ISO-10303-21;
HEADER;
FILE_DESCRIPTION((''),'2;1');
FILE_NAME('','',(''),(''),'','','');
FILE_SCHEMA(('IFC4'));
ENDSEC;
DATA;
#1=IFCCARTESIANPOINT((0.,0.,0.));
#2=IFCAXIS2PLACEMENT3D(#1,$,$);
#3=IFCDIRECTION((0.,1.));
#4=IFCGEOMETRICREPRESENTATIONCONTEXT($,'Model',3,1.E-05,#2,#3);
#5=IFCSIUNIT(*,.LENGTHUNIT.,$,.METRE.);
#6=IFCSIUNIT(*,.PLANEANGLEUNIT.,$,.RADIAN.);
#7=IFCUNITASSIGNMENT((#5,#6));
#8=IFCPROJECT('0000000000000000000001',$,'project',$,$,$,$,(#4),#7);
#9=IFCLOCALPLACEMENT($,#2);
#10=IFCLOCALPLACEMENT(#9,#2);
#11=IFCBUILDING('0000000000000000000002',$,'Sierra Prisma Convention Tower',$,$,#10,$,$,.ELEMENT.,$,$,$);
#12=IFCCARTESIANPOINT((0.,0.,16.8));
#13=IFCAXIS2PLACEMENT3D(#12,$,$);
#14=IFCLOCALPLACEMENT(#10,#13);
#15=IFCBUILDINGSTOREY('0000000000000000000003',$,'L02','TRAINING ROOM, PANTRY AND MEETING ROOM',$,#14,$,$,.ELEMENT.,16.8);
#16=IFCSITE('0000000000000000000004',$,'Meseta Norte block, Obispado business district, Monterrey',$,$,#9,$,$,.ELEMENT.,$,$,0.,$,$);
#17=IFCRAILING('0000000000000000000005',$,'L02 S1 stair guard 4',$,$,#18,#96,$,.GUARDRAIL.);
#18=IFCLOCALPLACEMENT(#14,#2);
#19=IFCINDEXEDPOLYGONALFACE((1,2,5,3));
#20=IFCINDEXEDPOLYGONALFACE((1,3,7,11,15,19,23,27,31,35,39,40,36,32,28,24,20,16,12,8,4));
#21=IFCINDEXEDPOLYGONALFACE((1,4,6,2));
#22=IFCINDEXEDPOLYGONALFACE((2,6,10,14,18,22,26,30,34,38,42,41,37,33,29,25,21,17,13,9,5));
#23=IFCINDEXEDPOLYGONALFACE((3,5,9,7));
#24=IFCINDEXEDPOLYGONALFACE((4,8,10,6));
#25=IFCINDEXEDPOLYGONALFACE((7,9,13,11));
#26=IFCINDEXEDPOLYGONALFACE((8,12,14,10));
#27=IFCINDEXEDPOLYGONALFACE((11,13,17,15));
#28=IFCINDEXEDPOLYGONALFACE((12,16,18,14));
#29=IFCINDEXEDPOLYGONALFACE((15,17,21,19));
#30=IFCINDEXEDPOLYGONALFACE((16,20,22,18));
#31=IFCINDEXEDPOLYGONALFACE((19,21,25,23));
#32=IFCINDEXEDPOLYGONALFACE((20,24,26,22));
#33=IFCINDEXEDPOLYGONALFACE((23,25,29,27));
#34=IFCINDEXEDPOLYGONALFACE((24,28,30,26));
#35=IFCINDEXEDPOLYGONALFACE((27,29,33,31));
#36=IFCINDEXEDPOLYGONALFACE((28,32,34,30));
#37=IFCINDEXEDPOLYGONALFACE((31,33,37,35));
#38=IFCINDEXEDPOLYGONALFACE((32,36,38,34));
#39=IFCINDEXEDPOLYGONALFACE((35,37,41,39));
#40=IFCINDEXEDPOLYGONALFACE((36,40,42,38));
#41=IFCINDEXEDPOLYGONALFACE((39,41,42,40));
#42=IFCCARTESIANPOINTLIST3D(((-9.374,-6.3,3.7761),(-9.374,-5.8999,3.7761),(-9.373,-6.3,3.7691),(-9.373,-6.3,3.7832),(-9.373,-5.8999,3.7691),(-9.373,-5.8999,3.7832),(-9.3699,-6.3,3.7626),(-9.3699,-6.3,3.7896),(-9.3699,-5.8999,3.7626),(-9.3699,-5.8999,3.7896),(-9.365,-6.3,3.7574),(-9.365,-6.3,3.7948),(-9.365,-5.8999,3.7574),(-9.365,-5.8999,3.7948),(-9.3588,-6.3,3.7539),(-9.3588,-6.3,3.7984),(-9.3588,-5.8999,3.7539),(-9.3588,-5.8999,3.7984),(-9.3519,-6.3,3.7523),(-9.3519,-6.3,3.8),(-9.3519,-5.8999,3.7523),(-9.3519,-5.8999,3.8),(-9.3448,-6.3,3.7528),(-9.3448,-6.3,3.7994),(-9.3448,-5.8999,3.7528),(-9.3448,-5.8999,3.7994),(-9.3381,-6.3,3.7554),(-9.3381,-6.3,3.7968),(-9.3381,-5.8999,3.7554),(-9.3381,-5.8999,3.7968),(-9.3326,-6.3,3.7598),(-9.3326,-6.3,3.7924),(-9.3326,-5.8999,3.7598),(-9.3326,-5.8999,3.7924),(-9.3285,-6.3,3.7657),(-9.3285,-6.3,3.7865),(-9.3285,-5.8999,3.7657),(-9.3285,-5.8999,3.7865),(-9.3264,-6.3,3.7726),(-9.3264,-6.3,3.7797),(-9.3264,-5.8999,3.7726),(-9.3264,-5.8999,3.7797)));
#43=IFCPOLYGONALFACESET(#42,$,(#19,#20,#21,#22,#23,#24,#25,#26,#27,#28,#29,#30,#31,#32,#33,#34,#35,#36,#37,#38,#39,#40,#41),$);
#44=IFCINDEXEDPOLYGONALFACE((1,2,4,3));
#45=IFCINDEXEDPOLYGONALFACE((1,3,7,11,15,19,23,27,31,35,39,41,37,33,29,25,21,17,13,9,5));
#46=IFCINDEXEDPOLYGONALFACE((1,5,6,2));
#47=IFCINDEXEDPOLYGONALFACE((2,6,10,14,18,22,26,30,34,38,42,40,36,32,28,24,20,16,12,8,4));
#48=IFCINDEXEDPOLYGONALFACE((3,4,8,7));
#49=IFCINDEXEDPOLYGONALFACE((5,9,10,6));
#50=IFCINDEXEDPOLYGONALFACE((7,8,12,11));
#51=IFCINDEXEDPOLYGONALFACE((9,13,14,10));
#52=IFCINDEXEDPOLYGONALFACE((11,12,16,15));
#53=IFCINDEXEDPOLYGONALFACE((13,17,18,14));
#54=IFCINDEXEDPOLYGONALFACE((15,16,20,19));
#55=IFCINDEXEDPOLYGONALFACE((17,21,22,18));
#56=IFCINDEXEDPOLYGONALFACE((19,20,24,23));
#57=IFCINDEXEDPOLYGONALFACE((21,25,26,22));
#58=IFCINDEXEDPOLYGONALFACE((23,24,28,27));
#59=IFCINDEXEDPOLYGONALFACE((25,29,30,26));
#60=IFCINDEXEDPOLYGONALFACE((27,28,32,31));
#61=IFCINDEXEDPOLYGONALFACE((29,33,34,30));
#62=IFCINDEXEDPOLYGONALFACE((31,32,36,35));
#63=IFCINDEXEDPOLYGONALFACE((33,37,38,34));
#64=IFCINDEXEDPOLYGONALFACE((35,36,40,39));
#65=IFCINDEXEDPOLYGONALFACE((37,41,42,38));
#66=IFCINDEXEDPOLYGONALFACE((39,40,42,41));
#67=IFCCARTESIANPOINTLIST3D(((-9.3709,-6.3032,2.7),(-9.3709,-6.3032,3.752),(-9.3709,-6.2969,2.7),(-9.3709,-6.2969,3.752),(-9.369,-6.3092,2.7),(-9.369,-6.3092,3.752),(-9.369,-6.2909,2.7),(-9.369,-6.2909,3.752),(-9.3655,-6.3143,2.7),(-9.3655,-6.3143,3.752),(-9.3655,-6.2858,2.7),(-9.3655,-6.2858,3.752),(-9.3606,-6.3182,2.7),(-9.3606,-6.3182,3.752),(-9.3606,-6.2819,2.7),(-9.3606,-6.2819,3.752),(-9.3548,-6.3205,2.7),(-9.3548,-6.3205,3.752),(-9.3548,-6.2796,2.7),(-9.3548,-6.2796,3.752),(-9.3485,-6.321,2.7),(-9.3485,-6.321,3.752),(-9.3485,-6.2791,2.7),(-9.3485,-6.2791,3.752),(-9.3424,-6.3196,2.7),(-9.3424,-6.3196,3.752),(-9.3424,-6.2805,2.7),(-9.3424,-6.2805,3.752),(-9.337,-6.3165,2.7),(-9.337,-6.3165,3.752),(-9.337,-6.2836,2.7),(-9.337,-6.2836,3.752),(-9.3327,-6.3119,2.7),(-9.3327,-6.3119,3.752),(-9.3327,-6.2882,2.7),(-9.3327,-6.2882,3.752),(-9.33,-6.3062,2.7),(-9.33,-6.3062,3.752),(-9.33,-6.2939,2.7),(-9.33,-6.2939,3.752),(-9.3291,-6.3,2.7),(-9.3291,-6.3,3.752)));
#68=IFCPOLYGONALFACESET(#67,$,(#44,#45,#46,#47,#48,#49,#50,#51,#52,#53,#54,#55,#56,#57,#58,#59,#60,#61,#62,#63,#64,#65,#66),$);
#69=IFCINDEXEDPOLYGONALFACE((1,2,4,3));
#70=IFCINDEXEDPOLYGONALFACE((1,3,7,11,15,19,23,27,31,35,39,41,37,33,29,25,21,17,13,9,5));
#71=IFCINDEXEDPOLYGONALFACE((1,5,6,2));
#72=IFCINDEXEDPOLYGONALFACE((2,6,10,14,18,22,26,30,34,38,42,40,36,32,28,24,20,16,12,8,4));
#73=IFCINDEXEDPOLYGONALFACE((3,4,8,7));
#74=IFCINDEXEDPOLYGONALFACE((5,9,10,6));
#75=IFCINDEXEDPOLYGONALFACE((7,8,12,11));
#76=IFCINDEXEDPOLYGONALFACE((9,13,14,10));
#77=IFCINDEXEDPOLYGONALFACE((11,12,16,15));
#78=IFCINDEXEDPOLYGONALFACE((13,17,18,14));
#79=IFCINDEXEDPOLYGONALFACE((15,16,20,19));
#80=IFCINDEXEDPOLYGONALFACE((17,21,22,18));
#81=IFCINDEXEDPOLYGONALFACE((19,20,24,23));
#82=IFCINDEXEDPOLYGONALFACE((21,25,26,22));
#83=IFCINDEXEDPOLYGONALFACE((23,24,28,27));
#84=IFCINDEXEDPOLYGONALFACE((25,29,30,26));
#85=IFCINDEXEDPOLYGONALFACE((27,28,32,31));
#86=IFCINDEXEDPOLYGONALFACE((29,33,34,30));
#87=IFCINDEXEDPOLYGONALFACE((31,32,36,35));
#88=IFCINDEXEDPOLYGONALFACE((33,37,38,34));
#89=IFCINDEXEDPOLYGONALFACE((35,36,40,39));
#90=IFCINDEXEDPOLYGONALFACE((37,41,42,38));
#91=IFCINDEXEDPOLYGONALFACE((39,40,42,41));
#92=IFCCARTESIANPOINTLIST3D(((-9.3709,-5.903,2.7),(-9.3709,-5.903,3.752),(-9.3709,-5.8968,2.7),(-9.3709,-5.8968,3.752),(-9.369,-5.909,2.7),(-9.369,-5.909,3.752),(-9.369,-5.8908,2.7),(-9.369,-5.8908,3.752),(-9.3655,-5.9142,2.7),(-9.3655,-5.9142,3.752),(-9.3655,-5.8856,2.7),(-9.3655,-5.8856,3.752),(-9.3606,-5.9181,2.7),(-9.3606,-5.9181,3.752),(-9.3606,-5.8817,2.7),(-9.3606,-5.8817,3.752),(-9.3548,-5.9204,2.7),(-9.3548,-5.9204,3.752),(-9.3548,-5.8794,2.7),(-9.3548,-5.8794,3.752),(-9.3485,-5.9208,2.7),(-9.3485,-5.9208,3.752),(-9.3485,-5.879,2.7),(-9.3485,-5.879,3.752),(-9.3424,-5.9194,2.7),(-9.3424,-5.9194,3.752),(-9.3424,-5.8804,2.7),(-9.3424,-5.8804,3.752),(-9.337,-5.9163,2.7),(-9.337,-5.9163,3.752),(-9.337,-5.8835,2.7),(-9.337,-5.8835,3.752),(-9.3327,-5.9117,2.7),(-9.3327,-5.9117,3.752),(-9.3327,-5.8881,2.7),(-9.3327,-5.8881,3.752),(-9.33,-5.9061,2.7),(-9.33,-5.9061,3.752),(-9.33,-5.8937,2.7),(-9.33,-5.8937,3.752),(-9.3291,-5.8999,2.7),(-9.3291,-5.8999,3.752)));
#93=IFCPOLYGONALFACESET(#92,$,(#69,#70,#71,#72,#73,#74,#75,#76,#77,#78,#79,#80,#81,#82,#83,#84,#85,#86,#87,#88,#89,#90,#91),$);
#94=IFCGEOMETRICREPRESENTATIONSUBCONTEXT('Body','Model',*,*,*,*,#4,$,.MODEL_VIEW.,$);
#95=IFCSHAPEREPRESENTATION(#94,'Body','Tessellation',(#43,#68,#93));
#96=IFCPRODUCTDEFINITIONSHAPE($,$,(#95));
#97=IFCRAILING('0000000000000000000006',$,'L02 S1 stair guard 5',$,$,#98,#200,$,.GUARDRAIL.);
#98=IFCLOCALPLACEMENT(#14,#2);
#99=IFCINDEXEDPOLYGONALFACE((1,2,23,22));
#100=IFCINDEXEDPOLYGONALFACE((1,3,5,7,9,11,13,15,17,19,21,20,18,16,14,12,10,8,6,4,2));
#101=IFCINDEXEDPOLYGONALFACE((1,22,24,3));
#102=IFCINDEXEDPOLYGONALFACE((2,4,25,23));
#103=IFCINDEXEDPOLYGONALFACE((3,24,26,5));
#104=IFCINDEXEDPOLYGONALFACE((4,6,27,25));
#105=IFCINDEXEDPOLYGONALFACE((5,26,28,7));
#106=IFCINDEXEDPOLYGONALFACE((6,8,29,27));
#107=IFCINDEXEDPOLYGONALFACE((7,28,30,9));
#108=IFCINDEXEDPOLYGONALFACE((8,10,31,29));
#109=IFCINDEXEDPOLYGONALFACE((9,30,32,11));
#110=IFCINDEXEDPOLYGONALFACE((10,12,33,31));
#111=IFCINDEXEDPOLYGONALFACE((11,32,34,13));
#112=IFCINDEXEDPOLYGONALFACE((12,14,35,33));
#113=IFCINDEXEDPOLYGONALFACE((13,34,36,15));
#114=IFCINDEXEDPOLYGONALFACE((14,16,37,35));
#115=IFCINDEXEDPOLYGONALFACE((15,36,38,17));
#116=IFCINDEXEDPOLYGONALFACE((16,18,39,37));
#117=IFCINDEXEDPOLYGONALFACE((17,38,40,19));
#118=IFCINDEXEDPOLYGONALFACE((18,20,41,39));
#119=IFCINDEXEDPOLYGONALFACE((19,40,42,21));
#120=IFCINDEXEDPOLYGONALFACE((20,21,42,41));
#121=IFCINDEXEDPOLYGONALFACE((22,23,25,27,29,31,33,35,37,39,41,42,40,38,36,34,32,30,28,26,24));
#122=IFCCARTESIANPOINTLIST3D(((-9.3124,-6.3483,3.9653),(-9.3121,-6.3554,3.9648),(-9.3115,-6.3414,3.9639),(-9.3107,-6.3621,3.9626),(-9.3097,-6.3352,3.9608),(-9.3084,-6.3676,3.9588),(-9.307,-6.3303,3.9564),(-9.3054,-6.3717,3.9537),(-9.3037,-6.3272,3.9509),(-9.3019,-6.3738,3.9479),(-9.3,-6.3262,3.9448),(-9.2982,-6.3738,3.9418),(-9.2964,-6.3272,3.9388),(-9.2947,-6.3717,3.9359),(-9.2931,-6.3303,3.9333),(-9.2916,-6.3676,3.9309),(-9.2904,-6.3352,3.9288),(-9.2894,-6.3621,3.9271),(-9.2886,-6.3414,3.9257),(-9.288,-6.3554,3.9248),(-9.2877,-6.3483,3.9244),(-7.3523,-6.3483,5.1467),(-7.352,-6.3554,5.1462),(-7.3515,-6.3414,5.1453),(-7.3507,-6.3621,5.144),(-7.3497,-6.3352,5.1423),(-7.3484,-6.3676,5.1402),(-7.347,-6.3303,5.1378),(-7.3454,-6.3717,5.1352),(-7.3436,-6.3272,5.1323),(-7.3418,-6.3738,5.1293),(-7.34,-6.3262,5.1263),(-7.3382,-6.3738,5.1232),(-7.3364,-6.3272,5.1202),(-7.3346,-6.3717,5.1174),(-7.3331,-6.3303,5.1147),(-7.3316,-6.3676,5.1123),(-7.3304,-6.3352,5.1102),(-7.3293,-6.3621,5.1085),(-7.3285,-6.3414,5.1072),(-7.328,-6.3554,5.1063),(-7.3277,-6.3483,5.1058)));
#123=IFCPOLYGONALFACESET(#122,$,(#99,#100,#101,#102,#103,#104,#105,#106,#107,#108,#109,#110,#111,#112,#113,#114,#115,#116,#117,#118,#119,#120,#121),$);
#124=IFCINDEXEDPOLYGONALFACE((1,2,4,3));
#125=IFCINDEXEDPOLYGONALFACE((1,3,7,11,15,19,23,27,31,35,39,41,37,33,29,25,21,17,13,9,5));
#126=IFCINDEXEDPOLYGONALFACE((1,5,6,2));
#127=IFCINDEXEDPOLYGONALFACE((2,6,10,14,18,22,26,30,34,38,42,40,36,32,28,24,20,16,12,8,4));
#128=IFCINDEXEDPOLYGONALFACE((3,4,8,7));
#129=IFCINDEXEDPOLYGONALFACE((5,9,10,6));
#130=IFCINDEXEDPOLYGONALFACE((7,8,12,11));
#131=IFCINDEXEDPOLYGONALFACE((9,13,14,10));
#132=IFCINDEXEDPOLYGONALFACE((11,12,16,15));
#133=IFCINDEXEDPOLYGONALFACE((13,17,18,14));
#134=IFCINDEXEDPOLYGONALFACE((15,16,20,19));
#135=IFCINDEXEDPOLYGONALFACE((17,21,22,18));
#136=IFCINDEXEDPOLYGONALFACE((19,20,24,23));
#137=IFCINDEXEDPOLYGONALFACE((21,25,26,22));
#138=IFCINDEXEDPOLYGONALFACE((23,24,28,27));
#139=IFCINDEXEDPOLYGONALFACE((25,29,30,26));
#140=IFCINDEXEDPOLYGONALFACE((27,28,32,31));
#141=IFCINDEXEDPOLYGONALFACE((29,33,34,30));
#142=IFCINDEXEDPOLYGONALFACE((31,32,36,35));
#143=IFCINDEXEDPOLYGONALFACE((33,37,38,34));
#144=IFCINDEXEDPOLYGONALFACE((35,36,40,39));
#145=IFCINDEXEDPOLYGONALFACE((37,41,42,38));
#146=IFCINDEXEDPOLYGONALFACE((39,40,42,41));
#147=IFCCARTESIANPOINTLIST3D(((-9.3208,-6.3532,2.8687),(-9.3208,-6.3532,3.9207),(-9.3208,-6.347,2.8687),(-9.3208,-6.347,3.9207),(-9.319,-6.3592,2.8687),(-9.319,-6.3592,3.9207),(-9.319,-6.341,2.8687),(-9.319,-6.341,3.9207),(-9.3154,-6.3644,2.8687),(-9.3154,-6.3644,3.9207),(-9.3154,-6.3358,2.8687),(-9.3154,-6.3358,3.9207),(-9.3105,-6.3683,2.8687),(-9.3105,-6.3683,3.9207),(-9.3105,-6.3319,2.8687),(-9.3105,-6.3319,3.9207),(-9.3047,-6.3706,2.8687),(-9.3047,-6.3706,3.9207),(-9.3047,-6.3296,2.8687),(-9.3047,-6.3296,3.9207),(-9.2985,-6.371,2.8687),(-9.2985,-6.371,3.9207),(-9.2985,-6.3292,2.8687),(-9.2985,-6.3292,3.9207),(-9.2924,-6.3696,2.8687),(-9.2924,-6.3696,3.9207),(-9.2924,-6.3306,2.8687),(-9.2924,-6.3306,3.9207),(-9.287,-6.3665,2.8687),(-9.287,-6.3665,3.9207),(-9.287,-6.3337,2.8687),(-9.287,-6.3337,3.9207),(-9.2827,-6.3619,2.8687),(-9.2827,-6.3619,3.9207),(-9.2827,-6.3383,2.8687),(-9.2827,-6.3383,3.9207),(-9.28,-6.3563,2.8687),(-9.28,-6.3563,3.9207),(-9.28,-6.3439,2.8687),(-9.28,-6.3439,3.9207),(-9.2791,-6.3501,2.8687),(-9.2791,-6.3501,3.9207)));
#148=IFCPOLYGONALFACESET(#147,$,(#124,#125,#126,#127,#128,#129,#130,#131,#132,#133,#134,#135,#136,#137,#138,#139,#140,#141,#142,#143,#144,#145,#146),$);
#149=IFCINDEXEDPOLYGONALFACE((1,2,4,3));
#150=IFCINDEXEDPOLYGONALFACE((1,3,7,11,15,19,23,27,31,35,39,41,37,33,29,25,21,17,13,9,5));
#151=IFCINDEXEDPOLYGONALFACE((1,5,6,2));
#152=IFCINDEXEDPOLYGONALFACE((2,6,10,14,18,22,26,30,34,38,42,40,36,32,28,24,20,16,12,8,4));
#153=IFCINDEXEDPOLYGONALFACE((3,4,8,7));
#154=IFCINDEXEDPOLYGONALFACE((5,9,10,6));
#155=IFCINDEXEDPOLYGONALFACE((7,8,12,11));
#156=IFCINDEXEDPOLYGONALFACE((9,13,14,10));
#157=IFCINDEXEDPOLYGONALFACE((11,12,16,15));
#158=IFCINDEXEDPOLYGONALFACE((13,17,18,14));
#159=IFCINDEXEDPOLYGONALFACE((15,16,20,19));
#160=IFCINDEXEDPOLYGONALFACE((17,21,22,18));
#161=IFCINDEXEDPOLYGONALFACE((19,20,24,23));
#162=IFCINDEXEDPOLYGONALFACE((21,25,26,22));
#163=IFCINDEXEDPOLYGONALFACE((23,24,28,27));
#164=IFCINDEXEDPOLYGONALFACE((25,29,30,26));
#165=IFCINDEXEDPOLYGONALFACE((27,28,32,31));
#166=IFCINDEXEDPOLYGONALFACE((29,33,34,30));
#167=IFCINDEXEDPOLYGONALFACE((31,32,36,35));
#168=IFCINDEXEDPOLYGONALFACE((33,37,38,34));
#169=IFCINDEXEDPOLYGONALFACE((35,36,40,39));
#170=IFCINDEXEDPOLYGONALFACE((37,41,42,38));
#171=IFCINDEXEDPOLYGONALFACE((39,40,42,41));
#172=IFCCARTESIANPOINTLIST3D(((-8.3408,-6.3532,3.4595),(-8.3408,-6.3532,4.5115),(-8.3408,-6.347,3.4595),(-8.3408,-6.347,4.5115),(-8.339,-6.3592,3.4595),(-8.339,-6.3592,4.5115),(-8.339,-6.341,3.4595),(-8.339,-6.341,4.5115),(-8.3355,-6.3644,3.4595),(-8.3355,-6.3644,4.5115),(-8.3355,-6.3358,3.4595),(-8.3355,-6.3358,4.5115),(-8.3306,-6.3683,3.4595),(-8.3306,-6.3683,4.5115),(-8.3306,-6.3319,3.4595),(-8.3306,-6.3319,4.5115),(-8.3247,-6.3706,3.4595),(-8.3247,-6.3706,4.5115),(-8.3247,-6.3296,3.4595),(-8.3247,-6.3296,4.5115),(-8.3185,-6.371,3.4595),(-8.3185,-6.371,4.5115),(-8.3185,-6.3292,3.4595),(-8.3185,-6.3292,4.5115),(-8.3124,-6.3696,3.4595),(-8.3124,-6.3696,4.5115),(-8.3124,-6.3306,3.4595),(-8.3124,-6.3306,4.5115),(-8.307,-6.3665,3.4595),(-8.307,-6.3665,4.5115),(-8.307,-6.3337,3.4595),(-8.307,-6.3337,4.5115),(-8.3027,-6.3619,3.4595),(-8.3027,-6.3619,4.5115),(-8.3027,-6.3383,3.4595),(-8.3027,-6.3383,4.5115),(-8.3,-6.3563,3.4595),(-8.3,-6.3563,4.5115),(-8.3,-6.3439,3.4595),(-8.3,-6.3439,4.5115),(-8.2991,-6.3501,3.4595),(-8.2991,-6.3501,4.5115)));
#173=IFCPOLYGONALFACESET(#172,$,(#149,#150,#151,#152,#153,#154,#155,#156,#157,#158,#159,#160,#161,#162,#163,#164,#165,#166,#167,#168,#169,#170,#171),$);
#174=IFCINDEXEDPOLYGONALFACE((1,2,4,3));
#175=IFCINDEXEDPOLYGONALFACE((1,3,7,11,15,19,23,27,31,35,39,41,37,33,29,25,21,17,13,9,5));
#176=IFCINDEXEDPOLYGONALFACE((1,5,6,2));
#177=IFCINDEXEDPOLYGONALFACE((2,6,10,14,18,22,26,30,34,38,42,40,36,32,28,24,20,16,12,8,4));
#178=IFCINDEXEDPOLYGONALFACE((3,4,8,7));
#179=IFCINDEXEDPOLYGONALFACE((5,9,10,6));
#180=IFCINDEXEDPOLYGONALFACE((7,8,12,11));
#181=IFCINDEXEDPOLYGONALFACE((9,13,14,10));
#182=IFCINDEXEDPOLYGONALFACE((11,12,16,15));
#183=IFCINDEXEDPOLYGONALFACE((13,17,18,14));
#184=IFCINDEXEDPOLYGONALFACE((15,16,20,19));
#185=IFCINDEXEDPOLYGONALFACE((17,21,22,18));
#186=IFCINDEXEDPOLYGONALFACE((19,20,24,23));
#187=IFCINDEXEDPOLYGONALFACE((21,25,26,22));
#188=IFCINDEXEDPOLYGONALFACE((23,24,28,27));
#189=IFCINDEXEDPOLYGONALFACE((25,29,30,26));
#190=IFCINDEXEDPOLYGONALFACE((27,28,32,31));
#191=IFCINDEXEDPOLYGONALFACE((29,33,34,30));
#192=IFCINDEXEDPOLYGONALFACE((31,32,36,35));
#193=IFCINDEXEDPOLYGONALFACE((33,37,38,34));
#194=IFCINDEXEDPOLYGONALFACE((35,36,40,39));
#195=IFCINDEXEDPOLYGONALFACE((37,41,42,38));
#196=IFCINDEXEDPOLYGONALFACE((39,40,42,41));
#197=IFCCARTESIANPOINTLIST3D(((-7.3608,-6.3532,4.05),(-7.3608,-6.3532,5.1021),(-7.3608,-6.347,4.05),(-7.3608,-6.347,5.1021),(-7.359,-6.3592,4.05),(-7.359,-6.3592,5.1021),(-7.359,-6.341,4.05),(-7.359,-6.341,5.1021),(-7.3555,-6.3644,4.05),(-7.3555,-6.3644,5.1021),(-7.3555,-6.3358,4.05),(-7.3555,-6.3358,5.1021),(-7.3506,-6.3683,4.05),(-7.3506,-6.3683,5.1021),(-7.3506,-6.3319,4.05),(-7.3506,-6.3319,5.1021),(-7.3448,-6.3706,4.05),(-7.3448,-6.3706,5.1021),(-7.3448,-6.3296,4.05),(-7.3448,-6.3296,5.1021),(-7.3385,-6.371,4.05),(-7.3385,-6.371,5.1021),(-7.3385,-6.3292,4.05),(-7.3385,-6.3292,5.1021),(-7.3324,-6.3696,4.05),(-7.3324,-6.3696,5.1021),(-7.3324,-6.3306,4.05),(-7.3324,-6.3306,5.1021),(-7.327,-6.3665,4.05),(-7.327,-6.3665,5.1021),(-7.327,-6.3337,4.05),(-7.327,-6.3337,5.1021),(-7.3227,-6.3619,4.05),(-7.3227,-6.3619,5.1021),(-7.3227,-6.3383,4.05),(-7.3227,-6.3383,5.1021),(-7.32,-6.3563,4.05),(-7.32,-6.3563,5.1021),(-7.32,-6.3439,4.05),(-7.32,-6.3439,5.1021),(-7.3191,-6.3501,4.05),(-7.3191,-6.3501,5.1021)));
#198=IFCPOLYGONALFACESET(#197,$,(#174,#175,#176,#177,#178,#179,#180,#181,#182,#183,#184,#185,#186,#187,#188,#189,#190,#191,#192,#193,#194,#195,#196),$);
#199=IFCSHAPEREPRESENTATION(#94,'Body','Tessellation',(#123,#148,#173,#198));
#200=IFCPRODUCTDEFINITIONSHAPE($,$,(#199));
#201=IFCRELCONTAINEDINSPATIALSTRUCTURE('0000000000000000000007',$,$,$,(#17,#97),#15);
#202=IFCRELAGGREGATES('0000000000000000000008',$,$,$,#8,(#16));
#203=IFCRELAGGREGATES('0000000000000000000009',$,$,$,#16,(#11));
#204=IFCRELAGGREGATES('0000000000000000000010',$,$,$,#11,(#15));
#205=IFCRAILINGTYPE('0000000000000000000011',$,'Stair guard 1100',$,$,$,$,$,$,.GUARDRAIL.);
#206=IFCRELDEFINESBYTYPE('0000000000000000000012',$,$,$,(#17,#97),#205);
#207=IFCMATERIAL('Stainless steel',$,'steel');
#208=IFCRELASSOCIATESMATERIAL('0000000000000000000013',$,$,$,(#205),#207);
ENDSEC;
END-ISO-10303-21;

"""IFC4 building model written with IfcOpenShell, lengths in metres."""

from ifc_helpers import new_model, si_unit, direction, frame, origin, origin_2d, place, context, subcontext, project, spatial, circle, extrude, material, type_object, element, save


model = new_model("IFC4")

# Units and contexts
model_context = context("Model", 3, precision=1e-05, world=origin(), true_north=direction((0.0, 1.0)))
body_context = subcontext(model_context, "Body", "Model", "MODEL_VIEW")
ifc_project = project(units=[si_unit("LENGTHUNIT", "METRE"), si_unit("PLANEANGLEUNIT", "RADIAN")], contexts=[model_context])

# Site, building, storey
site_placement = place(None, origin())
site = spatial("IfcSite", under=ifc_project, at=site_placement, Name="Meseta Norte block, Obispado business district, Monterrey", CompositionType="ELEMENT", RefElevation=0.0)
building_placement = place(site_placement, origin())
building = spatial("IfcBuilding", under=site, at=building_placement, Name="Sierra Prisma Convention Tower", CompositionType="ELEMENT")
storey_placement = place(building_placement, frame((0.0, 0.0, 16.8)))
storey = spatial("IfcBuildingStorey", under=building, at=storey_placement, Name="L02", Description="TRAINING ROOM, PANTRY AND MEETING ROOM", CompositionType="ELEMENT", Elevation=16.8)

# Railings
ifc_material_1 = material(Name="Stainless steel", Category="steel")
railing_type_1 = type_object("IfcRailingType", Name="Stair guard 1100", PredefinedType="GUARDRAIL", material=ifc_material_1)
railing_1_placement = place(storey_placement, frame((-9.3501, -6.3, 2.7)))
element("IfcRailing", 1, at=railing_1_placement, inside=storey, type_object=railing_type_1, Name="L02 S1 stair guard 4", PredefinedType="GUARDRAIL", context=body_context, shape_type="SweptSolid", body=[
    extrude(circle(Radius=0.0239, at=origin_2d()), frame((0.0, 0.0, 1.0762), z_axis=(0.0, 1.0, 0.0), x_axis=(-1.0, 0.0, 0.0)), (0.0, 0.0, 1.0), 0.4001),
    extrude(circle(Radius=0.021, at=origin_2d()), origin(), (0.0, 0.0, 1.0), 1.052),
    extrude(circle(Radius=0.021, at=origin_2d()), frame((0.0, 0.4001, 0.0)), (0.0, 0.0, 1.0), 1.052),
])
railing_2_placement = place(storey_placement, frame((-9.3, -6.3501, 2.8687)))
element("IfcRailing", 2, at=railing_2_placement, inside=storey, type_object=railing_type_1, Name="L02 S1 stair guard 5", PredefinedType="GUARDRAIL", context=body_context, shape_type="SweptSolid", body=[
    extrude(circle(Radius=0.0239, at=origin_2d()), frame((0.0, 0.0, 1.0762), z_axis=(0.856446, 0.0, 0.516236), x_axis=(0.0, 1.0, 0.0)), (0.0, 0.0, 1.0), 2.2886),
    extrude(circle(Radius=0.021, at=origin_2d()), origin(), (0.0, 0.0, 1.0), 1.052),
    extrude(circle(Radius=0.021, at=origin_2d()), frame((0.98, 0.0, 0.5908)), (0.0, 0.0, 1.0), 1.052),
    extrude(circle(Radius=0.021, at=origin_2d()), frame((1.96, 0.0, 1.1814)), (0.0, 0.0, 1.0), 1.052),
])

save(model, "model.ifc")
